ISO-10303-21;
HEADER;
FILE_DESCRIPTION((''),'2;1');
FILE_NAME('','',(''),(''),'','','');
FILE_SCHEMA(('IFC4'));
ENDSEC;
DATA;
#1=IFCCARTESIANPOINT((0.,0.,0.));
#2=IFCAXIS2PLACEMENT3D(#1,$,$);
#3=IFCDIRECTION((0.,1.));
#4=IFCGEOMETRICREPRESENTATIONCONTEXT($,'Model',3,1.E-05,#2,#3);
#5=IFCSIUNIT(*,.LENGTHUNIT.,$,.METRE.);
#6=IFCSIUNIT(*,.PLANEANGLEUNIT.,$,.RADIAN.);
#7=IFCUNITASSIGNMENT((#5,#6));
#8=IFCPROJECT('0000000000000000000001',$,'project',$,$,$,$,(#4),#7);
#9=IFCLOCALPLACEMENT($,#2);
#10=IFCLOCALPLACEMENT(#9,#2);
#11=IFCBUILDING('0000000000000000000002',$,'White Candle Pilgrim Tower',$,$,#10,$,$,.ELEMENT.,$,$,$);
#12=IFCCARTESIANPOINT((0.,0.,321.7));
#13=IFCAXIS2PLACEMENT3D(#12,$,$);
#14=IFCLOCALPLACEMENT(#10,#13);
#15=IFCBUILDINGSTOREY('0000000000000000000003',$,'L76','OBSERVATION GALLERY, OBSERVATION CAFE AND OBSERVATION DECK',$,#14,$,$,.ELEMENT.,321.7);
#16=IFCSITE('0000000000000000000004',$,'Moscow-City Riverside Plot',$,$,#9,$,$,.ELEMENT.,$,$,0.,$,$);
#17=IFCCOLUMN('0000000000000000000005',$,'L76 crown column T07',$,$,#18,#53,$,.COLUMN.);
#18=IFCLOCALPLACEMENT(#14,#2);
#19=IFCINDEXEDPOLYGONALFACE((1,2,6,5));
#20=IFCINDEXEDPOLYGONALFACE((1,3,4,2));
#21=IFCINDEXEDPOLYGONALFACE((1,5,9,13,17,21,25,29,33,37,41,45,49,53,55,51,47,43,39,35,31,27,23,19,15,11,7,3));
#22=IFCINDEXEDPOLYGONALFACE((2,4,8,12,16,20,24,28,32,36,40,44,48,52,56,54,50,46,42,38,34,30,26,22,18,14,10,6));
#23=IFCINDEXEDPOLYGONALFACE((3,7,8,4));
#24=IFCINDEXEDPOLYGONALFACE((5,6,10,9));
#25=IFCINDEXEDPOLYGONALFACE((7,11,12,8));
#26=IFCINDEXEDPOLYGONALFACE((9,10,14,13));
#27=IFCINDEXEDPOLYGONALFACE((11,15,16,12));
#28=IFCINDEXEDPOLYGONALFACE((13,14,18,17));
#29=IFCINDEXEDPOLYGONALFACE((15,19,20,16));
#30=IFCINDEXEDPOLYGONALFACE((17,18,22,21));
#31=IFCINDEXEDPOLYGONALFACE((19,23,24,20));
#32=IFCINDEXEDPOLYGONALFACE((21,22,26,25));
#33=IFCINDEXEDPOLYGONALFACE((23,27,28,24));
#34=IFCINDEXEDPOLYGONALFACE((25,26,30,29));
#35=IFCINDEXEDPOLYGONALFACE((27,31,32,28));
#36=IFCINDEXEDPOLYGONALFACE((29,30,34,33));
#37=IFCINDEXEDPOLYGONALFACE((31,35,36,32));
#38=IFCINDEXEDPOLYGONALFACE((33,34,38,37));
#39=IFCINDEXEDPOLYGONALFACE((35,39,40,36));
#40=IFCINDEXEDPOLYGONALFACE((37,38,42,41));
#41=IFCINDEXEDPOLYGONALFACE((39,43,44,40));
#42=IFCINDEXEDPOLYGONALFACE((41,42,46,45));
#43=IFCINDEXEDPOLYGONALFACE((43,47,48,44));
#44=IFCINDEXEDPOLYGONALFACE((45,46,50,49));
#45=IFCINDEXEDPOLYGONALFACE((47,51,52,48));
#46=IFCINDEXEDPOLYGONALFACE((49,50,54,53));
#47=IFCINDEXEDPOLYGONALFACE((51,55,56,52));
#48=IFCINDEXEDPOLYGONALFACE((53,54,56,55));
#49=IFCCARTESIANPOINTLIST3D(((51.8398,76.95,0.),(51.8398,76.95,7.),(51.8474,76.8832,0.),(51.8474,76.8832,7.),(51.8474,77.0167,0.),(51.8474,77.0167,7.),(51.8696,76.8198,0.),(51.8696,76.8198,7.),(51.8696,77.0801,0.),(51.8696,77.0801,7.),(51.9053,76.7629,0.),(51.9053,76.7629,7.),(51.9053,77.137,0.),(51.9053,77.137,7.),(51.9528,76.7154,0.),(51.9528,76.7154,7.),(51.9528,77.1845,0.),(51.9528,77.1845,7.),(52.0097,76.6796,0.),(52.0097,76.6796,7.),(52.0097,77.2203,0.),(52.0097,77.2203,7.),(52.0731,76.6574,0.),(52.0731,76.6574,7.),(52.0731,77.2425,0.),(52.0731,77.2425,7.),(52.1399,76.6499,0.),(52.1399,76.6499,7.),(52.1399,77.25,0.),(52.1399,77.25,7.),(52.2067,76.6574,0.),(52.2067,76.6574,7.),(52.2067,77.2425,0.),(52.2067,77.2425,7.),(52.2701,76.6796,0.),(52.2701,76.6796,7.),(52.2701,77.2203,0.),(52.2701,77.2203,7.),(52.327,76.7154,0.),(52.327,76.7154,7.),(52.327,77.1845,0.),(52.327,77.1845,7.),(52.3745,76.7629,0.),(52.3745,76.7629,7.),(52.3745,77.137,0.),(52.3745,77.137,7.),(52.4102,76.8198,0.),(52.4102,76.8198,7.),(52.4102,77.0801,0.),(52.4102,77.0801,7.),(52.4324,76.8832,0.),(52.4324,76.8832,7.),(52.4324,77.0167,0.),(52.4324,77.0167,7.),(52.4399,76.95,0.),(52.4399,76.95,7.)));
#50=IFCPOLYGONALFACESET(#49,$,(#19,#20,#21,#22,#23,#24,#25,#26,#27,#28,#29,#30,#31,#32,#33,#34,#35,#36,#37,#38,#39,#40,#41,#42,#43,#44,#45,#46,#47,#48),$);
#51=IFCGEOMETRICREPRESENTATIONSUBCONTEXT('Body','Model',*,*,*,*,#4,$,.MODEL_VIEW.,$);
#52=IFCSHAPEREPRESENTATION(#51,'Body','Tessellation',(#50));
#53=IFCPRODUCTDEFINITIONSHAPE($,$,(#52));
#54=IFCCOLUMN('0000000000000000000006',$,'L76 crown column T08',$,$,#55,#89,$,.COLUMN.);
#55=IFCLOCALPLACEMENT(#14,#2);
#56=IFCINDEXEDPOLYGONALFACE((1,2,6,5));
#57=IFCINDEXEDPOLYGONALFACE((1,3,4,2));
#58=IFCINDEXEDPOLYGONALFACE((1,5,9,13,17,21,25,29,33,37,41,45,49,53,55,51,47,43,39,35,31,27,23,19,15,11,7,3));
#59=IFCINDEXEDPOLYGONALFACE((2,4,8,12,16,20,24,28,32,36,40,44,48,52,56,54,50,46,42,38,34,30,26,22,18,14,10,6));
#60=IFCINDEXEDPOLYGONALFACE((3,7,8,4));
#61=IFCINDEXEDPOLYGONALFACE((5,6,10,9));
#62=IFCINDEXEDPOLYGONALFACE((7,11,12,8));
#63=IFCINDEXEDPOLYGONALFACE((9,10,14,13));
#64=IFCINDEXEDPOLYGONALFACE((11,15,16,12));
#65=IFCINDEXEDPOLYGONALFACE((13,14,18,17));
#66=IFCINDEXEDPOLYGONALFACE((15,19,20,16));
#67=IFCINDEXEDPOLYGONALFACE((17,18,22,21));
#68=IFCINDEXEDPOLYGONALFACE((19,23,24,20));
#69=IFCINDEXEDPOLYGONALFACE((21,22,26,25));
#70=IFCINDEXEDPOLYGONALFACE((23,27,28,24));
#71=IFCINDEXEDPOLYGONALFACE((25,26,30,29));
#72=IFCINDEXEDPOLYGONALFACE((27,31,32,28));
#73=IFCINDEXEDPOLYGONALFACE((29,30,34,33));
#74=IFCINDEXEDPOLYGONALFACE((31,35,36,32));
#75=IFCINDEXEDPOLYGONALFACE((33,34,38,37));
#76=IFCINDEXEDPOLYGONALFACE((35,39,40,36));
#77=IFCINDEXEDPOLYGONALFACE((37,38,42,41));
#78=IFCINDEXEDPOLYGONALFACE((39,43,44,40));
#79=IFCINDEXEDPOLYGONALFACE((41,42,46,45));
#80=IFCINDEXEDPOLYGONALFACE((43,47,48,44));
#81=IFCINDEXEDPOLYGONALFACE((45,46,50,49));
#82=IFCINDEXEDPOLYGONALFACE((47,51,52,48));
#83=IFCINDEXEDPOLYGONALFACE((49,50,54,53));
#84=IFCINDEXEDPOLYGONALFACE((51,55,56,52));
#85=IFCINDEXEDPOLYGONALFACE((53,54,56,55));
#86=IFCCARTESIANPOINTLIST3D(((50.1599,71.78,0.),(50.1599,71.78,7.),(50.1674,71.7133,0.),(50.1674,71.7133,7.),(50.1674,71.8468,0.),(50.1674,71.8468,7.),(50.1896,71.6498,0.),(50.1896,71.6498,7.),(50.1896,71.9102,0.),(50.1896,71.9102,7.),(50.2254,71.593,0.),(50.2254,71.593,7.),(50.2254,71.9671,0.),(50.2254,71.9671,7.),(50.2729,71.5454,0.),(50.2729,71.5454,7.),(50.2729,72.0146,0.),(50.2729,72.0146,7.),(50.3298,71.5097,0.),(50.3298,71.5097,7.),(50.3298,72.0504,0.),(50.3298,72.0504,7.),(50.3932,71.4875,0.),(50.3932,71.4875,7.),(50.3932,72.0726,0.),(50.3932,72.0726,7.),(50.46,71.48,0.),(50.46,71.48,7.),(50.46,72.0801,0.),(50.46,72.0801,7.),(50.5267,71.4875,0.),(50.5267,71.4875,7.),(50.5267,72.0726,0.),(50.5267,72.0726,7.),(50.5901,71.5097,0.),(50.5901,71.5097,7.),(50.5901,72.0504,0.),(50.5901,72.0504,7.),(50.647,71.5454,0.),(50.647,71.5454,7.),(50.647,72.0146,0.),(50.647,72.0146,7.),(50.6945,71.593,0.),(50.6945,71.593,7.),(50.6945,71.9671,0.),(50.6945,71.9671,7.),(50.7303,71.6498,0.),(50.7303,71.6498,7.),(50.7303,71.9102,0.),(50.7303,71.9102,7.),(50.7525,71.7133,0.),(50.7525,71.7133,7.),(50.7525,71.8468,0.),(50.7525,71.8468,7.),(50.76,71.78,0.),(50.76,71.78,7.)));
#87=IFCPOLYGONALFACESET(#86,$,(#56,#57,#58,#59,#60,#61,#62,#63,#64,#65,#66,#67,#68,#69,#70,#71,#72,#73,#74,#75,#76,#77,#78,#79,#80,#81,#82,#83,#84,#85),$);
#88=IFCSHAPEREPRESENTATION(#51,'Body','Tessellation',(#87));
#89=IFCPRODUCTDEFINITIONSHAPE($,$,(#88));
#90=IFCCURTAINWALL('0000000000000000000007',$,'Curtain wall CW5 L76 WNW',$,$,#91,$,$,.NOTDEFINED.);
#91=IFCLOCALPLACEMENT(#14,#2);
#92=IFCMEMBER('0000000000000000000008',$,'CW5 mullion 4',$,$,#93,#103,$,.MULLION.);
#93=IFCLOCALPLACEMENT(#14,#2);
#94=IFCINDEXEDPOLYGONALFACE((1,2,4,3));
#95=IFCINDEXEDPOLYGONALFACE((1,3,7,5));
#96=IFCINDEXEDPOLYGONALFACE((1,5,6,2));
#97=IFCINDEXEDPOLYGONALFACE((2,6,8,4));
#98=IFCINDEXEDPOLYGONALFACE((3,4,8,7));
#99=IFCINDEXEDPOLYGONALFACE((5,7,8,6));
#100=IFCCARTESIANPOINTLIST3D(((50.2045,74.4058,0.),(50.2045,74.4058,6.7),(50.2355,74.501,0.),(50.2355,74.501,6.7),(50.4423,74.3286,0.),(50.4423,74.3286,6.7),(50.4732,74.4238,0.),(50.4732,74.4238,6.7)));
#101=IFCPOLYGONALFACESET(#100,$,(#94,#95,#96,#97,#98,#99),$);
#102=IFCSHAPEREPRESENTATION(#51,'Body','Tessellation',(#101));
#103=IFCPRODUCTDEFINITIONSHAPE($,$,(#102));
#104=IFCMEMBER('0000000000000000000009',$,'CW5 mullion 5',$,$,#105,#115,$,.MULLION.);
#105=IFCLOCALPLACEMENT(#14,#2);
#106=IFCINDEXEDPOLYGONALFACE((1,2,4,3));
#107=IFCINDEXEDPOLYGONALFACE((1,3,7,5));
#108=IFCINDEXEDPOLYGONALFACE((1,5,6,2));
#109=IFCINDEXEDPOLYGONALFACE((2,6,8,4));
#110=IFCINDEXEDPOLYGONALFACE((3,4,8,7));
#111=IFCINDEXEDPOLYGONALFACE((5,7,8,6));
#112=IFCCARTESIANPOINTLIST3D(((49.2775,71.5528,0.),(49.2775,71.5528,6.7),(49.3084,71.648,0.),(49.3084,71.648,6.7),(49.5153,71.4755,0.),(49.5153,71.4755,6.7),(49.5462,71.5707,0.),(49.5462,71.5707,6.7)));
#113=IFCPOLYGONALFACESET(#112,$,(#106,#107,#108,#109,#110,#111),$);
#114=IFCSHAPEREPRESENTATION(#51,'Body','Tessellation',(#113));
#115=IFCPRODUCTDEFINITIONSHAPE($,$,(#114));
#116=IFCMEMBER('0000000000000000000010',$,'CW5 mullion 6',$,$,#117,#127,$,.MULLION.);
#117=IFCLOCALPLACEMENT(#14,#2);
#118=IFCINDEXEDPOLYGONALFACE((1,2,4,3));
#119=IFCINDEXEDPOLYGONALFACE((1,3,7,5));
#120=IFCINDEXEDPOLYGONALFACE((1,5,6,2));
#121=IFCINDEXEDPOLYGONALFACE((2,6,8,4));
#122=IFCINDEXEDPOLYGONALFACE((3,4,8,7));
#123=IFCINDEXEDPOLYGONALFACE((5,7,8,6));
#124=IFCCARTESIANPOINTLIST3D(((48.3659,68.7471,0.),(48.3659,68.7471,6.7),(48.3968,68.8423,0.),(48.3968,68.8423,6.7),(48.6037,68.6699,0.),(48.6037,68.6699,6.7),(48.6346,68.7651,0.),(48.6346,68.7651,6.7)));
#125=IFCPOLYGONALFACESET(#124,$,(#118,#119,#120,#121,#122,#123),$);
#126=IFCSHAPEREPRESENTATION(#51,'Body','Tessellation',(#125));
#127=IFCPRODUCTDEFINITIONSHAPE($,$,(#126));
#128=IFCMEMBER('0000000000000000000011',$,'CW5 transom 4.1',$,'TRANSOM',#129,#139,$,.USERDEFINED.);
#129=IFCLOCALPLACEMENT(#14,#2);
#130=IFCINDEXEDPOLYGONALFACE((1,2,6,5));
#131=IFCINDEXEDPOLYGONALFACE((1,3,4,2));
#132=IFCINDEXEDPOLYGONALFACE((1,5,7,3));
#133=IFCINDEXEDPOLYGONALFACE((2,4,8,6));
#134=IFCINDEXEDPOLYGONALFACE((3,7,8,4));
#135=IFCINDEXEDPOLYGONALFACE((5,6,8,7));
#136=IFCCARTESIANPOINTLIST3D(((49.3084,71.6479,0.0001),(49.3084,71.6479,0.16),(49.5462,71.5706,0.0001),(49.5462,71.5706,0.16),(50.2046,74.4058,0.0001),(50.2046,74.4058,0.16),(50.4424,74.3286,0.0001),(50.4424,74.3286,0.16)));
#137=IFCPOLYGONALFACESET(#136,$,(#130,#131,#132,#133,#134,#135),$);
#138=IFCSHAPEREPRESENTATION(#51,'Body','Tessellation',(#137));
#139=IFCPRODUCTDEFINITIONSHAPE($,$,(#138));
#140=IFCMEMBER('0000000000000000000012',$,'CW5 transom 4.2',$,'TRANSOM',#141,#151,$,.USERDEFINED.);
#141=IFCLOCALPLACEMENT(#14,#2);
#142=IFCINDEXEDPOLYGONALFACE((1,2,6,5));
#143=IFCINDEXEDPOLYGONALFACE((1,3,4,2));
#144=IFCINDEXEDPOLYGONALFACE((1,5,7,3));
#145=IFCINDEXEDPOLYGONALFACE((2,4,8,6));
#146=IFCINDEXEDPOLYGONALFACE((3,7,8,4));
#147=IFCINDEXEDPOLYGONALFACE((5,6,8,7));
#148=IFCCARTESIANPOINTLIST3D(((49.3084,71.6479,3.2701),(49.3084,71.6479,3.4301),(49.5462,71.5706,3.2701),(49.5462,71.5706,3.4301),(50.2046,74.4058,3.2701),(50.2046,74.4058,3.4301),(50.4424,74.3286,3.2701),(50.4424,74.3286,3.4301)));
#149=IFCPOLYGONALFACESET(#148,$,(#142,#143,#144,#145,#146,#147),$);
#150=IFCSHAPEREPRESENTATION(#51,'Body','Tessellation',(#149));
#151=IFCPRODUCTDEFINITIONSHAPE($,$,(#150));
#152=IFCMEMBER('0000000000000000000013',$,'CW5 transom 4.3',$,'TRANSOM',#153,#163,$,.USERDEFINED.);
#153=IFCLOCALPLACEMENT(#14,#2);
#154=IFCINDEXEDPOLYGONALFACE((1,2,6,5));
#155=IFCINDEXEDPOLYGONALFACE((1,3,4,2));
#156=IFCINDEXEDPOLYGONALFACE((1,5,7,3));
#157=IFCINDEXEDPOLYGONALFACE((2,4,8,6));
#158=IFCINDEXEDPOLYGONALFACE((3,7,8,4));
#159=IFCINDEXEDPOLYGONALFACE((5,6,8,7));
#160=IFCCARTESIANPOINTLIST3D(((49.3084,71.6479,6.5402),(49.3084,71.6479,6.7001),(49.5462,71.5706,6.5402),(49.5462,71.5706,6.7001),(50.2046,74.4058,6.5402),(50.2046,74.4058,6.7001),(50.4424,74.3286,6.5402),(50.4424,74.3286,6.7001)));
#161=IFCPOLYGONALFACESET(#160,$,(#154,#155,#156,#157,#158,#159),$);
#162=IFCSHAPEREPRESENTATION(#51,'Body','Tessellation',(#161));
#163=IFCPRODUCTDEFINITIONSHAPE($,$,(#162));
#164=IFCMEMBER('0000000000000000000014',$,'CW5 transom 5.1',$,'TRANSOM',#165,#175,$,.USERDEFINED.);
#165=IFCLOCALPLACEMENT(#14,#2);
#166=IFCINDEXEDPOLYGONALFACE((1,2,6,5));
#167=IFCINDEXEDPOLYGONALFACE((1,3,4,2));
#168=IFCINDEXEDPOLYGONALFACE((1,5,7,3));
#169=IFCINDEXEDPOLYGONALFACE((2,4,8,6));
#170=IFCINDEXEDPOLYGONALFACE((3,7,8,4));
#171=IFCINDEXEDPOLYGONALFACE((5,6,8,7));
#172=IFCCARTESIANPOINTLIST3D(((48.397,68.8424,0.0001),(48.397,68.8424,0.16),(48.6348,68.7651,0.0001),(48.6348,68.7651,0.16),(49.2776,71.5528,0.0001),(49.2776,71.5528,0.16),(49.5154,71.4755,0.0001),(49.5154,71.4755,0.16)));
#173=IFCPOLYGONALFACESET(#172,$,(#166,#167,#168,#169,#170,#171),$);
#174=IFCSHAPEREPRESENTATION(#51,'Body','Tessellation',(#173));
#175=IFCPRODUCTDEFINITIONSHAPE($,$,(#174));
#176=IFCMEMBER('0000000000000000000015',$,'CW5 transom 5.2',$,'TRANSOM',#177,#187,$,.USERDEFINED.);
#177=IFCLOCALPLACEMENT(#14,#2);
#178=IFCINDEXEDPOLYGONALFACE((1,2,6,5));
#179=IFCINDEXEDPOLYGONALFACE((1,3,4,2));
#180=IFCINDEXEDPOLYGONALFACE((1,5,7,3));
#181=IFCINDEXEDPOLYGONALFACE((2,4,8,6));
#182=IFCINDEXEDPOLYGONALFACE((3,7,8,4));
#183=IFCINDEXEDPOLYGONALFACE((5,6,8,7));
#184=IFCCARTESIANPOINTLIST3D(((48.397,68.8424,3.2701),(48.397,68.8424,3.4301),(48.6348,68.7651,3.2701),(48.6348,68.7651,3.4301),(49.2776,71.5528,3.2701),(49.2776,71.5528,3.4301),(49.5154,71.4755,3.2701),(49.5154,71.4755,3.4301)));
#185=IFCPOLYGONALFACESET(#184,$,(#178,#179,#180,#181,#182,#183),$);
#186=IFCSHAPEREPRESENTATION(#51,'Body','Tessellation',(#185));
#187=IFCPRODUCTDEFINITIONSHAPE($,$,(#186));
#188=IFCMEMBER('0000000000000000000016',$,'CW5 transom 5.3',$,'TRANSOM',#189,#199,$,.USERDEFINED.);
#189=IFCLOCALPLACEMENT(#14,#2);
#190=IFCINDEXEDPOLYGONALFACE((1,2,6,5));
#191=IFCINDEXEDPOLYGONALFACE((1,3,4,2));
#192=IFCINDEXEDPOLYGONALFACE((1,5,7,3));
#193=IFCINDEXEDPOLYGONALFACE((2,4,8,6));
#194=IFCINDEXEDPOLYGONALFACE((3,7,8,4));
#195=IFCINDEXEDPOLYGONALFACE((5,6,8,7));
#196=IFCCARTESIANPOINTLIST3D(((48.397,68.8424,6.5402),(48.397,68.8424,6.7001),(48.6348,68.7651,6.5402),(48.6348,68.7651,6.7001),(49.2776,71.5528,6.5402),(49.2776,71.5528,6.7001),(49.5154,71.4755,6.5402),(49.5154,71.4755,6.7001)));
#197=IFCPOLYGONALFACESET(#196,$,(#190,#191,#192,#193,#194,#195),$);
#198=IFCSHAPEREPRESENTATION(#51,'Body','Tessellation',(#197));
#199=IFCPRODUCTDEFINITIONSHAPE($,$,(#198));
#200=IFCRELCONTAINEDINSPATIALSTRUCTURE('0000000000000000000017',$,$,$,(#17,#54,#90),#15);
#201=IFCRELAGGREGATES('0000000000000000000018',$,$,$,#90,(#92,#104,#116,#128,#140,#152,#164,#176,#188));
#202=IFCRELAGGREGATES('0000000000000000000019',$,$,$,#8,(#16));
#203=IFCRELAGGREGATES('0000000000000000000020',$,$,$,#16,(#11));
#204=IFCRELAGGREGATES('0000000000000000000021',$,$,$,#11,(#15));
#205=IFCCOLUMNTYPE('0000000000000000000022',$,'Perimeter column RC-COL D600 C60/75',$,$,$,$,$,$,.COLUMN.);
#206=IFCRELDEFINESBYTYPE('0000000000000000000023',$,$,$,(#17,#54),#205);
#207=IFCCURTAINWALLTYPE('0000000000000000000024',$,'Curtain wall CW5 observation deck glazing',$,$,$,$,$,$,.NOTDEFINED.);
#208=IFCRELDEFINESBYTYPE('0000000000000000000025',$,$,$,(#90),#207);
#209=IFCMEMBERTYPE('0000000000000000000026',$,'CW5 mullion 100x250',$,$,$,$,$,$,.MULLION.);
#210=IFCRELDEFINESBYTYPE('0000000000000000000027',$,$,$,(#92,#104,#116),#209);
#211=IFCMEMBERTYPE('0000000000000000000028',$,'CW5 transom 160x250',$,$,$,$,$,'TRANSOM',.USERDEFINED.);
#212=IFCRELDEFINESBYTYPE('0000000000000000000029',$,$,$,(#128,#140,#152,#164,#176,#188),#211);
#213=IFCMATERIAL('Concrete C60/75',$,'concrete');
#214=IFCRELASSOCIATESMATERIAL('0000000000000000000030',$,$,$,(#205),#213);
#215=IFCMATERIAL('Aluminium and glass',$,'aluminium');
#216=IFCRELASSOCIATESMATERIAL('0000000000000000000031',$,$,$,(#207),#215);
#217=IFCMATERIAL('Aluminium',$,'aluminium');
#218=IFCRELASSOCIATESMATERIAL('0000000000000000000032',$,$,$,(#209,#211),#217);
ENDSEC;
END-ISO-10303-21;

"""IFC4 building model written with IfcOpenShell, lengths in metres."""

from ifc_helpers import new_model, si_unit, direction, frame, origin, origin_2d, place, context, subcontext, project, spatial, rectangle, circle, extrude, material, material_profile, profile_set, type_object, element, aggregate, save


model = new_model("IFC4")

# Units and contexts
model_context = context("Model", 3, precision=1e-05, world=origin(), true_north=direction((0.0, 1.0)))
body_context = subcontext(model_context, "Body", "Model", "MODEL_VIEW")
ifc_project = project(units=[si_unit("LENGTHUNIT", "METRE"), si_unit("PLANEANGLEUNIT", "RADIAN")], contexts=[model_context])

# Site, building, storey
site_placement = place(None, origin())
site = spatial("IfcSite", under=ifc_project, at=site_placement, Name="Moscow-City Riverside Plot", CompositionType="ELEMENT", RefElevation=0.0)
building_placement = place(site_placement, origin())
building = spatial("IfcBuilding", under=site, at=building_placement, Name="White Candle Pilgrim Tower", CompositionType="ELEMENT")
storey_placement = place(building_placement, frame((0.0, 0.0, 321.7)))
storey = spatial("IfcBuildingStorey", under=building, at=storey_placement, Name="L76", Description="OBSERVATION GALLERY, OBSERVATION CAFE AND OBSERVATION DECK", CompositionType="ELEMENT", Elevation=321.7)

# Columns
ifc_material_1 = material(Name="Concrete C60/75", Category="concrete")
ifc_material_profile_1 = material_profile(ifc_material_1, circle(Radius=0.3, at=origin_2d()), Name="RC-COL D600")
ifc_profile_set_1 = profile_set([ifc_material_profile_1], Name="Concrete C60/75")
column_type = type_object("IfcColumnType", Name="Perimeter column RC-COL D600 C60/75", PredefinedType="COLUMN", material=ifc_profile_set_1)
for number, where, z_axis, x_axis, name in (
    (1, (52.1399, 76.95, 0.0), (0.0, 0.0, 1.0), (1.0, 0.0, 0.0), "L76 crown column T07"),
    (2, (50.46, 71.78, 0.0), (0.0, 0.0, 1.0), (1.0, 0.0, 0.0), "L76 crown column T08"),
):
    element("IfcColumn", number, at=place(storey_placement, frame(where, z_axis=z_axis, x_axis=x_axis)), inside=storey, type_object=column_type, Name=name, PredefinedType="COLUMN", context=body_context, shape_type="SweptSolid", body=[
        extrude(circle(Radius=0.3, at=origin_2d()), origin(), (0.0, 0.0, 1.0), 7.0),
    ])

# Curtain wall, members
ifc_material_2 = material(Name="Aluminium and glass", Category="aluminium")
curtain_wall_type = type_object("IfcCurtainWallType", Name="Curtain wall CW5 observation deck glazing", PredefinedType="NOTDEFINED", material=ifc_material_2)
curtain_wall_placement = place(storey_placement, origin())
curtain_wall = element("IfcCurtainWall", 3, at=curtain_wall_placement, inside=storey, type_object=curtain_wall_type, Name="Curtain wall CW5 L76 WNW", PredefinedType="NOTDEFINED")
ifc_material_3 = material(Name="Aluminium", Category="aluminium")
ifc_material_profile_2 = material_profile(ifc_material_3, rectangle(XDim=0.25, YDim=0.1001, at=origin_2d()), Name="CW5 mullion 100x250")
ifc_profile_set_2 = profile_set([ifc_material_profile_2], Name="Aluminium")
member_type_1 = type_object("IfcMemberType", Name="CW5 mullion 100x250", PredefinedType="MULLION", material=ifc_profile_set_2)
member_1_placement = place(storey_placement, frame((50.3389, 74.4148, 0.0), z_axis=(0.0, 0.0, 1.0), x_axis=(0.951057, -0.309017, 0.0)))
member_1 = element("IfcMember", 4, at=member_1_placement, type_object=member_type_1, Name="CW5 mullion 4", PredefinedType="MULLION", context=body_context, shape_type="SweptSolid", body=[
    extrude(rectangle(XDim=0.25, YDim=0.1001, at=origin_2d()), origin(), (0.0, 0.0, 1.0), 6.7),
])
member_2_placement = place(storey_placement, frame((49.4119, 71.5618, 0.0), z_axis=(0.0, 0.0, 1.0), x_axis=(0.951057, -0.309017, 0.0)))
member_2 = element("IfcMember", 5, at=member_2_placement, type_object=member_type_1, Name="CW5 mullion 5", PredefinedType="MULLION", context=body_context, shape_type="SweptSolid", body=[
    extrude(rectangle(XDim=0.25, YDim=0.1001, at=origin_2d()), origin(), (0.0, 0.0, 1.0), 6.7),
])
member_3_placement = place(storey_placement, frame((48.5002, 68.7561, 0.0), z_axis=(0.0, 0.0, 1.0), x_axis=(0.951057, -0.309017, 0.0)))
member_3 = element("IfcMember", 6, at=member_3_placement, type_object=member_type_1, Name="CW5 mullion 6", PredefinedType="MULLION", context=body_context, shape_type="SweptSolid", body=[
    extrude(rectangle(XDim=0.25, YDim=0.1001, at=origin_2d()), origin(), (0.0, 0.0, 1.0), 6.7),
])
ifc_material_profile_3 = material_profile(ifc_material_3, rectangle(XDim=0.25, YDim=0.1599, at=origin_2d()), Name="CW5 transom 160x250")
ifc_profile_set_3 = profile_set([ifc_material_profile_3], Name="Aluminium")
member_type_2 = type_object("IfcMemberType", Name="CW5 transom 160x250", ElementType="TRANSOM", PredefinedType="USERDEFINED", material=ifc_profile_set_3)
member_4_placement = place(storey_placement, frame((50.3235, 74.3672, 0.0801), z_axis=(-0.309046, -0.951047, 0.0), x_axis=(0.951047, -0.309046, 0.0)))
member_4 = element("IfcMember", 7, at=member_4_placement, type_object=member_type_2, Name="CW5 transom 4.1", ObjectType="TRANSOM", PredefinedType="USERDEFINED", context=body_context, shape_type="SweptSolid", body=[
    extrude(rectangle(XDim=0.25, YDim=0.1599, at=origin_2d()), origin(), (0.0, 0.0, 1.0), 2.8999),
])
member_5_placement = place(storey_placement, frame((50.3235, 74.3672, 3.3501), z_axis=(-0.309046, -0.951047, 0.0), x_axis=(0.951047, -0.309046, 0.0)))
member_5 = element("IfcMember", 8, at=member_5_placement, type_object=member_type_2, Name="CW5 transom 4.2", ObjectType="TRANSOM", PredefinedType="USERDEFINED", context=body_context, shape_type="SweptSolid", body=[
    extrude(rectangle(XDim=0.25, YDim=0.1599, at=origin_2d()), origin(), (0.0, 0.0, 1.0), 2.8999),
])
member_6_placement = place(storey_placement, frame((50.3235, 74.3672, 6.6201), z_axis=(-0.309046, -0.951047, 0.0), x_axis=(0.951047, -0.309046, 0.0)))
member_6 = element("IfcMember", 9, at=member_6_placement, type_object=member_type_2, Name="CW5 transom 4.3", ObjectType="TRANSOM", PredefinedType="USERDEFINED", context=body_context, shape_type="SweptSolid", body=[
    extrude(rectangle(XDim=0.25, YDim=0.1599, at=origin_2d()), origin(), (0.0, 0.0, 1.0), 2.8999),
])
member_7_placement = place(storey_placement, frame((49.3965, 71.5142, 0.0801), z_axis=(-0.308997, -0.951063, 0.0), x_axis=(0.951063, -0.308997, 0.0)))
member_7 = element("IfcMember", 10, at=member_7_placement, type_object=member_type_2, Name="CW5 transom 5.1", ObjectType="TRANSOM", PredefinedType="USERDEFINED", context=body_context, shape_type="SweptSolid", body=[
    extrude(rectangle(XDim=0.25, YDim=0.1599, at=origin_2d()), origin(), (0.0, 0.0, 1.0), 2.8499),
])
member_8_placement = place(storey_placement, frame((49.3965, 71.5142, 3.3501), z_axis=(-0.308997, -0.951063, 0.0), x_axis=(0.951063, -0.308997, 0.0)))
member_8 = element("IfcMember", 11, at=member_8_placement, type_object=member_type_2, Name="CW5 transom 5.2", ObjectType="TRANSOM", PredefinedType="USERDEFINED", context=body_context, shape_type="SweptSolid", body=[
    extrude(rectangle(XDim=0.25, YDim=0.1599, at=origin_2d()), origin(), (0.0, 0.0, 1.0), 2.8499),
])
member_9_placement = place(storey_placement, frame((49.3965, 71.5142, 6.6201), z_axis=(-0.308997, -0.951063, 0.0), x_axis=(0.951063, -0.308997, 0.0)))
member_9 = element("IfcMember", 12, at=member_9_placement, type_object=member_type_2, Name="CW5 transom 5.3", ObjectType="TRANSOM", PredefinedType="USERDEFINED", context=body_context, shape_type="SweptSolid", body=[
    extrude(rectangle(XDim=0.25, YDim=0.1599, at=origin_2d()), origin(), (0.0, 0.0, 1.0), 2.8499),
])

aggregate(curtain_wall, [member_1, member_2, member_3, member_4, member_5, member_6, member_7, member_8, member_9])

save(model, "model.ifc")
